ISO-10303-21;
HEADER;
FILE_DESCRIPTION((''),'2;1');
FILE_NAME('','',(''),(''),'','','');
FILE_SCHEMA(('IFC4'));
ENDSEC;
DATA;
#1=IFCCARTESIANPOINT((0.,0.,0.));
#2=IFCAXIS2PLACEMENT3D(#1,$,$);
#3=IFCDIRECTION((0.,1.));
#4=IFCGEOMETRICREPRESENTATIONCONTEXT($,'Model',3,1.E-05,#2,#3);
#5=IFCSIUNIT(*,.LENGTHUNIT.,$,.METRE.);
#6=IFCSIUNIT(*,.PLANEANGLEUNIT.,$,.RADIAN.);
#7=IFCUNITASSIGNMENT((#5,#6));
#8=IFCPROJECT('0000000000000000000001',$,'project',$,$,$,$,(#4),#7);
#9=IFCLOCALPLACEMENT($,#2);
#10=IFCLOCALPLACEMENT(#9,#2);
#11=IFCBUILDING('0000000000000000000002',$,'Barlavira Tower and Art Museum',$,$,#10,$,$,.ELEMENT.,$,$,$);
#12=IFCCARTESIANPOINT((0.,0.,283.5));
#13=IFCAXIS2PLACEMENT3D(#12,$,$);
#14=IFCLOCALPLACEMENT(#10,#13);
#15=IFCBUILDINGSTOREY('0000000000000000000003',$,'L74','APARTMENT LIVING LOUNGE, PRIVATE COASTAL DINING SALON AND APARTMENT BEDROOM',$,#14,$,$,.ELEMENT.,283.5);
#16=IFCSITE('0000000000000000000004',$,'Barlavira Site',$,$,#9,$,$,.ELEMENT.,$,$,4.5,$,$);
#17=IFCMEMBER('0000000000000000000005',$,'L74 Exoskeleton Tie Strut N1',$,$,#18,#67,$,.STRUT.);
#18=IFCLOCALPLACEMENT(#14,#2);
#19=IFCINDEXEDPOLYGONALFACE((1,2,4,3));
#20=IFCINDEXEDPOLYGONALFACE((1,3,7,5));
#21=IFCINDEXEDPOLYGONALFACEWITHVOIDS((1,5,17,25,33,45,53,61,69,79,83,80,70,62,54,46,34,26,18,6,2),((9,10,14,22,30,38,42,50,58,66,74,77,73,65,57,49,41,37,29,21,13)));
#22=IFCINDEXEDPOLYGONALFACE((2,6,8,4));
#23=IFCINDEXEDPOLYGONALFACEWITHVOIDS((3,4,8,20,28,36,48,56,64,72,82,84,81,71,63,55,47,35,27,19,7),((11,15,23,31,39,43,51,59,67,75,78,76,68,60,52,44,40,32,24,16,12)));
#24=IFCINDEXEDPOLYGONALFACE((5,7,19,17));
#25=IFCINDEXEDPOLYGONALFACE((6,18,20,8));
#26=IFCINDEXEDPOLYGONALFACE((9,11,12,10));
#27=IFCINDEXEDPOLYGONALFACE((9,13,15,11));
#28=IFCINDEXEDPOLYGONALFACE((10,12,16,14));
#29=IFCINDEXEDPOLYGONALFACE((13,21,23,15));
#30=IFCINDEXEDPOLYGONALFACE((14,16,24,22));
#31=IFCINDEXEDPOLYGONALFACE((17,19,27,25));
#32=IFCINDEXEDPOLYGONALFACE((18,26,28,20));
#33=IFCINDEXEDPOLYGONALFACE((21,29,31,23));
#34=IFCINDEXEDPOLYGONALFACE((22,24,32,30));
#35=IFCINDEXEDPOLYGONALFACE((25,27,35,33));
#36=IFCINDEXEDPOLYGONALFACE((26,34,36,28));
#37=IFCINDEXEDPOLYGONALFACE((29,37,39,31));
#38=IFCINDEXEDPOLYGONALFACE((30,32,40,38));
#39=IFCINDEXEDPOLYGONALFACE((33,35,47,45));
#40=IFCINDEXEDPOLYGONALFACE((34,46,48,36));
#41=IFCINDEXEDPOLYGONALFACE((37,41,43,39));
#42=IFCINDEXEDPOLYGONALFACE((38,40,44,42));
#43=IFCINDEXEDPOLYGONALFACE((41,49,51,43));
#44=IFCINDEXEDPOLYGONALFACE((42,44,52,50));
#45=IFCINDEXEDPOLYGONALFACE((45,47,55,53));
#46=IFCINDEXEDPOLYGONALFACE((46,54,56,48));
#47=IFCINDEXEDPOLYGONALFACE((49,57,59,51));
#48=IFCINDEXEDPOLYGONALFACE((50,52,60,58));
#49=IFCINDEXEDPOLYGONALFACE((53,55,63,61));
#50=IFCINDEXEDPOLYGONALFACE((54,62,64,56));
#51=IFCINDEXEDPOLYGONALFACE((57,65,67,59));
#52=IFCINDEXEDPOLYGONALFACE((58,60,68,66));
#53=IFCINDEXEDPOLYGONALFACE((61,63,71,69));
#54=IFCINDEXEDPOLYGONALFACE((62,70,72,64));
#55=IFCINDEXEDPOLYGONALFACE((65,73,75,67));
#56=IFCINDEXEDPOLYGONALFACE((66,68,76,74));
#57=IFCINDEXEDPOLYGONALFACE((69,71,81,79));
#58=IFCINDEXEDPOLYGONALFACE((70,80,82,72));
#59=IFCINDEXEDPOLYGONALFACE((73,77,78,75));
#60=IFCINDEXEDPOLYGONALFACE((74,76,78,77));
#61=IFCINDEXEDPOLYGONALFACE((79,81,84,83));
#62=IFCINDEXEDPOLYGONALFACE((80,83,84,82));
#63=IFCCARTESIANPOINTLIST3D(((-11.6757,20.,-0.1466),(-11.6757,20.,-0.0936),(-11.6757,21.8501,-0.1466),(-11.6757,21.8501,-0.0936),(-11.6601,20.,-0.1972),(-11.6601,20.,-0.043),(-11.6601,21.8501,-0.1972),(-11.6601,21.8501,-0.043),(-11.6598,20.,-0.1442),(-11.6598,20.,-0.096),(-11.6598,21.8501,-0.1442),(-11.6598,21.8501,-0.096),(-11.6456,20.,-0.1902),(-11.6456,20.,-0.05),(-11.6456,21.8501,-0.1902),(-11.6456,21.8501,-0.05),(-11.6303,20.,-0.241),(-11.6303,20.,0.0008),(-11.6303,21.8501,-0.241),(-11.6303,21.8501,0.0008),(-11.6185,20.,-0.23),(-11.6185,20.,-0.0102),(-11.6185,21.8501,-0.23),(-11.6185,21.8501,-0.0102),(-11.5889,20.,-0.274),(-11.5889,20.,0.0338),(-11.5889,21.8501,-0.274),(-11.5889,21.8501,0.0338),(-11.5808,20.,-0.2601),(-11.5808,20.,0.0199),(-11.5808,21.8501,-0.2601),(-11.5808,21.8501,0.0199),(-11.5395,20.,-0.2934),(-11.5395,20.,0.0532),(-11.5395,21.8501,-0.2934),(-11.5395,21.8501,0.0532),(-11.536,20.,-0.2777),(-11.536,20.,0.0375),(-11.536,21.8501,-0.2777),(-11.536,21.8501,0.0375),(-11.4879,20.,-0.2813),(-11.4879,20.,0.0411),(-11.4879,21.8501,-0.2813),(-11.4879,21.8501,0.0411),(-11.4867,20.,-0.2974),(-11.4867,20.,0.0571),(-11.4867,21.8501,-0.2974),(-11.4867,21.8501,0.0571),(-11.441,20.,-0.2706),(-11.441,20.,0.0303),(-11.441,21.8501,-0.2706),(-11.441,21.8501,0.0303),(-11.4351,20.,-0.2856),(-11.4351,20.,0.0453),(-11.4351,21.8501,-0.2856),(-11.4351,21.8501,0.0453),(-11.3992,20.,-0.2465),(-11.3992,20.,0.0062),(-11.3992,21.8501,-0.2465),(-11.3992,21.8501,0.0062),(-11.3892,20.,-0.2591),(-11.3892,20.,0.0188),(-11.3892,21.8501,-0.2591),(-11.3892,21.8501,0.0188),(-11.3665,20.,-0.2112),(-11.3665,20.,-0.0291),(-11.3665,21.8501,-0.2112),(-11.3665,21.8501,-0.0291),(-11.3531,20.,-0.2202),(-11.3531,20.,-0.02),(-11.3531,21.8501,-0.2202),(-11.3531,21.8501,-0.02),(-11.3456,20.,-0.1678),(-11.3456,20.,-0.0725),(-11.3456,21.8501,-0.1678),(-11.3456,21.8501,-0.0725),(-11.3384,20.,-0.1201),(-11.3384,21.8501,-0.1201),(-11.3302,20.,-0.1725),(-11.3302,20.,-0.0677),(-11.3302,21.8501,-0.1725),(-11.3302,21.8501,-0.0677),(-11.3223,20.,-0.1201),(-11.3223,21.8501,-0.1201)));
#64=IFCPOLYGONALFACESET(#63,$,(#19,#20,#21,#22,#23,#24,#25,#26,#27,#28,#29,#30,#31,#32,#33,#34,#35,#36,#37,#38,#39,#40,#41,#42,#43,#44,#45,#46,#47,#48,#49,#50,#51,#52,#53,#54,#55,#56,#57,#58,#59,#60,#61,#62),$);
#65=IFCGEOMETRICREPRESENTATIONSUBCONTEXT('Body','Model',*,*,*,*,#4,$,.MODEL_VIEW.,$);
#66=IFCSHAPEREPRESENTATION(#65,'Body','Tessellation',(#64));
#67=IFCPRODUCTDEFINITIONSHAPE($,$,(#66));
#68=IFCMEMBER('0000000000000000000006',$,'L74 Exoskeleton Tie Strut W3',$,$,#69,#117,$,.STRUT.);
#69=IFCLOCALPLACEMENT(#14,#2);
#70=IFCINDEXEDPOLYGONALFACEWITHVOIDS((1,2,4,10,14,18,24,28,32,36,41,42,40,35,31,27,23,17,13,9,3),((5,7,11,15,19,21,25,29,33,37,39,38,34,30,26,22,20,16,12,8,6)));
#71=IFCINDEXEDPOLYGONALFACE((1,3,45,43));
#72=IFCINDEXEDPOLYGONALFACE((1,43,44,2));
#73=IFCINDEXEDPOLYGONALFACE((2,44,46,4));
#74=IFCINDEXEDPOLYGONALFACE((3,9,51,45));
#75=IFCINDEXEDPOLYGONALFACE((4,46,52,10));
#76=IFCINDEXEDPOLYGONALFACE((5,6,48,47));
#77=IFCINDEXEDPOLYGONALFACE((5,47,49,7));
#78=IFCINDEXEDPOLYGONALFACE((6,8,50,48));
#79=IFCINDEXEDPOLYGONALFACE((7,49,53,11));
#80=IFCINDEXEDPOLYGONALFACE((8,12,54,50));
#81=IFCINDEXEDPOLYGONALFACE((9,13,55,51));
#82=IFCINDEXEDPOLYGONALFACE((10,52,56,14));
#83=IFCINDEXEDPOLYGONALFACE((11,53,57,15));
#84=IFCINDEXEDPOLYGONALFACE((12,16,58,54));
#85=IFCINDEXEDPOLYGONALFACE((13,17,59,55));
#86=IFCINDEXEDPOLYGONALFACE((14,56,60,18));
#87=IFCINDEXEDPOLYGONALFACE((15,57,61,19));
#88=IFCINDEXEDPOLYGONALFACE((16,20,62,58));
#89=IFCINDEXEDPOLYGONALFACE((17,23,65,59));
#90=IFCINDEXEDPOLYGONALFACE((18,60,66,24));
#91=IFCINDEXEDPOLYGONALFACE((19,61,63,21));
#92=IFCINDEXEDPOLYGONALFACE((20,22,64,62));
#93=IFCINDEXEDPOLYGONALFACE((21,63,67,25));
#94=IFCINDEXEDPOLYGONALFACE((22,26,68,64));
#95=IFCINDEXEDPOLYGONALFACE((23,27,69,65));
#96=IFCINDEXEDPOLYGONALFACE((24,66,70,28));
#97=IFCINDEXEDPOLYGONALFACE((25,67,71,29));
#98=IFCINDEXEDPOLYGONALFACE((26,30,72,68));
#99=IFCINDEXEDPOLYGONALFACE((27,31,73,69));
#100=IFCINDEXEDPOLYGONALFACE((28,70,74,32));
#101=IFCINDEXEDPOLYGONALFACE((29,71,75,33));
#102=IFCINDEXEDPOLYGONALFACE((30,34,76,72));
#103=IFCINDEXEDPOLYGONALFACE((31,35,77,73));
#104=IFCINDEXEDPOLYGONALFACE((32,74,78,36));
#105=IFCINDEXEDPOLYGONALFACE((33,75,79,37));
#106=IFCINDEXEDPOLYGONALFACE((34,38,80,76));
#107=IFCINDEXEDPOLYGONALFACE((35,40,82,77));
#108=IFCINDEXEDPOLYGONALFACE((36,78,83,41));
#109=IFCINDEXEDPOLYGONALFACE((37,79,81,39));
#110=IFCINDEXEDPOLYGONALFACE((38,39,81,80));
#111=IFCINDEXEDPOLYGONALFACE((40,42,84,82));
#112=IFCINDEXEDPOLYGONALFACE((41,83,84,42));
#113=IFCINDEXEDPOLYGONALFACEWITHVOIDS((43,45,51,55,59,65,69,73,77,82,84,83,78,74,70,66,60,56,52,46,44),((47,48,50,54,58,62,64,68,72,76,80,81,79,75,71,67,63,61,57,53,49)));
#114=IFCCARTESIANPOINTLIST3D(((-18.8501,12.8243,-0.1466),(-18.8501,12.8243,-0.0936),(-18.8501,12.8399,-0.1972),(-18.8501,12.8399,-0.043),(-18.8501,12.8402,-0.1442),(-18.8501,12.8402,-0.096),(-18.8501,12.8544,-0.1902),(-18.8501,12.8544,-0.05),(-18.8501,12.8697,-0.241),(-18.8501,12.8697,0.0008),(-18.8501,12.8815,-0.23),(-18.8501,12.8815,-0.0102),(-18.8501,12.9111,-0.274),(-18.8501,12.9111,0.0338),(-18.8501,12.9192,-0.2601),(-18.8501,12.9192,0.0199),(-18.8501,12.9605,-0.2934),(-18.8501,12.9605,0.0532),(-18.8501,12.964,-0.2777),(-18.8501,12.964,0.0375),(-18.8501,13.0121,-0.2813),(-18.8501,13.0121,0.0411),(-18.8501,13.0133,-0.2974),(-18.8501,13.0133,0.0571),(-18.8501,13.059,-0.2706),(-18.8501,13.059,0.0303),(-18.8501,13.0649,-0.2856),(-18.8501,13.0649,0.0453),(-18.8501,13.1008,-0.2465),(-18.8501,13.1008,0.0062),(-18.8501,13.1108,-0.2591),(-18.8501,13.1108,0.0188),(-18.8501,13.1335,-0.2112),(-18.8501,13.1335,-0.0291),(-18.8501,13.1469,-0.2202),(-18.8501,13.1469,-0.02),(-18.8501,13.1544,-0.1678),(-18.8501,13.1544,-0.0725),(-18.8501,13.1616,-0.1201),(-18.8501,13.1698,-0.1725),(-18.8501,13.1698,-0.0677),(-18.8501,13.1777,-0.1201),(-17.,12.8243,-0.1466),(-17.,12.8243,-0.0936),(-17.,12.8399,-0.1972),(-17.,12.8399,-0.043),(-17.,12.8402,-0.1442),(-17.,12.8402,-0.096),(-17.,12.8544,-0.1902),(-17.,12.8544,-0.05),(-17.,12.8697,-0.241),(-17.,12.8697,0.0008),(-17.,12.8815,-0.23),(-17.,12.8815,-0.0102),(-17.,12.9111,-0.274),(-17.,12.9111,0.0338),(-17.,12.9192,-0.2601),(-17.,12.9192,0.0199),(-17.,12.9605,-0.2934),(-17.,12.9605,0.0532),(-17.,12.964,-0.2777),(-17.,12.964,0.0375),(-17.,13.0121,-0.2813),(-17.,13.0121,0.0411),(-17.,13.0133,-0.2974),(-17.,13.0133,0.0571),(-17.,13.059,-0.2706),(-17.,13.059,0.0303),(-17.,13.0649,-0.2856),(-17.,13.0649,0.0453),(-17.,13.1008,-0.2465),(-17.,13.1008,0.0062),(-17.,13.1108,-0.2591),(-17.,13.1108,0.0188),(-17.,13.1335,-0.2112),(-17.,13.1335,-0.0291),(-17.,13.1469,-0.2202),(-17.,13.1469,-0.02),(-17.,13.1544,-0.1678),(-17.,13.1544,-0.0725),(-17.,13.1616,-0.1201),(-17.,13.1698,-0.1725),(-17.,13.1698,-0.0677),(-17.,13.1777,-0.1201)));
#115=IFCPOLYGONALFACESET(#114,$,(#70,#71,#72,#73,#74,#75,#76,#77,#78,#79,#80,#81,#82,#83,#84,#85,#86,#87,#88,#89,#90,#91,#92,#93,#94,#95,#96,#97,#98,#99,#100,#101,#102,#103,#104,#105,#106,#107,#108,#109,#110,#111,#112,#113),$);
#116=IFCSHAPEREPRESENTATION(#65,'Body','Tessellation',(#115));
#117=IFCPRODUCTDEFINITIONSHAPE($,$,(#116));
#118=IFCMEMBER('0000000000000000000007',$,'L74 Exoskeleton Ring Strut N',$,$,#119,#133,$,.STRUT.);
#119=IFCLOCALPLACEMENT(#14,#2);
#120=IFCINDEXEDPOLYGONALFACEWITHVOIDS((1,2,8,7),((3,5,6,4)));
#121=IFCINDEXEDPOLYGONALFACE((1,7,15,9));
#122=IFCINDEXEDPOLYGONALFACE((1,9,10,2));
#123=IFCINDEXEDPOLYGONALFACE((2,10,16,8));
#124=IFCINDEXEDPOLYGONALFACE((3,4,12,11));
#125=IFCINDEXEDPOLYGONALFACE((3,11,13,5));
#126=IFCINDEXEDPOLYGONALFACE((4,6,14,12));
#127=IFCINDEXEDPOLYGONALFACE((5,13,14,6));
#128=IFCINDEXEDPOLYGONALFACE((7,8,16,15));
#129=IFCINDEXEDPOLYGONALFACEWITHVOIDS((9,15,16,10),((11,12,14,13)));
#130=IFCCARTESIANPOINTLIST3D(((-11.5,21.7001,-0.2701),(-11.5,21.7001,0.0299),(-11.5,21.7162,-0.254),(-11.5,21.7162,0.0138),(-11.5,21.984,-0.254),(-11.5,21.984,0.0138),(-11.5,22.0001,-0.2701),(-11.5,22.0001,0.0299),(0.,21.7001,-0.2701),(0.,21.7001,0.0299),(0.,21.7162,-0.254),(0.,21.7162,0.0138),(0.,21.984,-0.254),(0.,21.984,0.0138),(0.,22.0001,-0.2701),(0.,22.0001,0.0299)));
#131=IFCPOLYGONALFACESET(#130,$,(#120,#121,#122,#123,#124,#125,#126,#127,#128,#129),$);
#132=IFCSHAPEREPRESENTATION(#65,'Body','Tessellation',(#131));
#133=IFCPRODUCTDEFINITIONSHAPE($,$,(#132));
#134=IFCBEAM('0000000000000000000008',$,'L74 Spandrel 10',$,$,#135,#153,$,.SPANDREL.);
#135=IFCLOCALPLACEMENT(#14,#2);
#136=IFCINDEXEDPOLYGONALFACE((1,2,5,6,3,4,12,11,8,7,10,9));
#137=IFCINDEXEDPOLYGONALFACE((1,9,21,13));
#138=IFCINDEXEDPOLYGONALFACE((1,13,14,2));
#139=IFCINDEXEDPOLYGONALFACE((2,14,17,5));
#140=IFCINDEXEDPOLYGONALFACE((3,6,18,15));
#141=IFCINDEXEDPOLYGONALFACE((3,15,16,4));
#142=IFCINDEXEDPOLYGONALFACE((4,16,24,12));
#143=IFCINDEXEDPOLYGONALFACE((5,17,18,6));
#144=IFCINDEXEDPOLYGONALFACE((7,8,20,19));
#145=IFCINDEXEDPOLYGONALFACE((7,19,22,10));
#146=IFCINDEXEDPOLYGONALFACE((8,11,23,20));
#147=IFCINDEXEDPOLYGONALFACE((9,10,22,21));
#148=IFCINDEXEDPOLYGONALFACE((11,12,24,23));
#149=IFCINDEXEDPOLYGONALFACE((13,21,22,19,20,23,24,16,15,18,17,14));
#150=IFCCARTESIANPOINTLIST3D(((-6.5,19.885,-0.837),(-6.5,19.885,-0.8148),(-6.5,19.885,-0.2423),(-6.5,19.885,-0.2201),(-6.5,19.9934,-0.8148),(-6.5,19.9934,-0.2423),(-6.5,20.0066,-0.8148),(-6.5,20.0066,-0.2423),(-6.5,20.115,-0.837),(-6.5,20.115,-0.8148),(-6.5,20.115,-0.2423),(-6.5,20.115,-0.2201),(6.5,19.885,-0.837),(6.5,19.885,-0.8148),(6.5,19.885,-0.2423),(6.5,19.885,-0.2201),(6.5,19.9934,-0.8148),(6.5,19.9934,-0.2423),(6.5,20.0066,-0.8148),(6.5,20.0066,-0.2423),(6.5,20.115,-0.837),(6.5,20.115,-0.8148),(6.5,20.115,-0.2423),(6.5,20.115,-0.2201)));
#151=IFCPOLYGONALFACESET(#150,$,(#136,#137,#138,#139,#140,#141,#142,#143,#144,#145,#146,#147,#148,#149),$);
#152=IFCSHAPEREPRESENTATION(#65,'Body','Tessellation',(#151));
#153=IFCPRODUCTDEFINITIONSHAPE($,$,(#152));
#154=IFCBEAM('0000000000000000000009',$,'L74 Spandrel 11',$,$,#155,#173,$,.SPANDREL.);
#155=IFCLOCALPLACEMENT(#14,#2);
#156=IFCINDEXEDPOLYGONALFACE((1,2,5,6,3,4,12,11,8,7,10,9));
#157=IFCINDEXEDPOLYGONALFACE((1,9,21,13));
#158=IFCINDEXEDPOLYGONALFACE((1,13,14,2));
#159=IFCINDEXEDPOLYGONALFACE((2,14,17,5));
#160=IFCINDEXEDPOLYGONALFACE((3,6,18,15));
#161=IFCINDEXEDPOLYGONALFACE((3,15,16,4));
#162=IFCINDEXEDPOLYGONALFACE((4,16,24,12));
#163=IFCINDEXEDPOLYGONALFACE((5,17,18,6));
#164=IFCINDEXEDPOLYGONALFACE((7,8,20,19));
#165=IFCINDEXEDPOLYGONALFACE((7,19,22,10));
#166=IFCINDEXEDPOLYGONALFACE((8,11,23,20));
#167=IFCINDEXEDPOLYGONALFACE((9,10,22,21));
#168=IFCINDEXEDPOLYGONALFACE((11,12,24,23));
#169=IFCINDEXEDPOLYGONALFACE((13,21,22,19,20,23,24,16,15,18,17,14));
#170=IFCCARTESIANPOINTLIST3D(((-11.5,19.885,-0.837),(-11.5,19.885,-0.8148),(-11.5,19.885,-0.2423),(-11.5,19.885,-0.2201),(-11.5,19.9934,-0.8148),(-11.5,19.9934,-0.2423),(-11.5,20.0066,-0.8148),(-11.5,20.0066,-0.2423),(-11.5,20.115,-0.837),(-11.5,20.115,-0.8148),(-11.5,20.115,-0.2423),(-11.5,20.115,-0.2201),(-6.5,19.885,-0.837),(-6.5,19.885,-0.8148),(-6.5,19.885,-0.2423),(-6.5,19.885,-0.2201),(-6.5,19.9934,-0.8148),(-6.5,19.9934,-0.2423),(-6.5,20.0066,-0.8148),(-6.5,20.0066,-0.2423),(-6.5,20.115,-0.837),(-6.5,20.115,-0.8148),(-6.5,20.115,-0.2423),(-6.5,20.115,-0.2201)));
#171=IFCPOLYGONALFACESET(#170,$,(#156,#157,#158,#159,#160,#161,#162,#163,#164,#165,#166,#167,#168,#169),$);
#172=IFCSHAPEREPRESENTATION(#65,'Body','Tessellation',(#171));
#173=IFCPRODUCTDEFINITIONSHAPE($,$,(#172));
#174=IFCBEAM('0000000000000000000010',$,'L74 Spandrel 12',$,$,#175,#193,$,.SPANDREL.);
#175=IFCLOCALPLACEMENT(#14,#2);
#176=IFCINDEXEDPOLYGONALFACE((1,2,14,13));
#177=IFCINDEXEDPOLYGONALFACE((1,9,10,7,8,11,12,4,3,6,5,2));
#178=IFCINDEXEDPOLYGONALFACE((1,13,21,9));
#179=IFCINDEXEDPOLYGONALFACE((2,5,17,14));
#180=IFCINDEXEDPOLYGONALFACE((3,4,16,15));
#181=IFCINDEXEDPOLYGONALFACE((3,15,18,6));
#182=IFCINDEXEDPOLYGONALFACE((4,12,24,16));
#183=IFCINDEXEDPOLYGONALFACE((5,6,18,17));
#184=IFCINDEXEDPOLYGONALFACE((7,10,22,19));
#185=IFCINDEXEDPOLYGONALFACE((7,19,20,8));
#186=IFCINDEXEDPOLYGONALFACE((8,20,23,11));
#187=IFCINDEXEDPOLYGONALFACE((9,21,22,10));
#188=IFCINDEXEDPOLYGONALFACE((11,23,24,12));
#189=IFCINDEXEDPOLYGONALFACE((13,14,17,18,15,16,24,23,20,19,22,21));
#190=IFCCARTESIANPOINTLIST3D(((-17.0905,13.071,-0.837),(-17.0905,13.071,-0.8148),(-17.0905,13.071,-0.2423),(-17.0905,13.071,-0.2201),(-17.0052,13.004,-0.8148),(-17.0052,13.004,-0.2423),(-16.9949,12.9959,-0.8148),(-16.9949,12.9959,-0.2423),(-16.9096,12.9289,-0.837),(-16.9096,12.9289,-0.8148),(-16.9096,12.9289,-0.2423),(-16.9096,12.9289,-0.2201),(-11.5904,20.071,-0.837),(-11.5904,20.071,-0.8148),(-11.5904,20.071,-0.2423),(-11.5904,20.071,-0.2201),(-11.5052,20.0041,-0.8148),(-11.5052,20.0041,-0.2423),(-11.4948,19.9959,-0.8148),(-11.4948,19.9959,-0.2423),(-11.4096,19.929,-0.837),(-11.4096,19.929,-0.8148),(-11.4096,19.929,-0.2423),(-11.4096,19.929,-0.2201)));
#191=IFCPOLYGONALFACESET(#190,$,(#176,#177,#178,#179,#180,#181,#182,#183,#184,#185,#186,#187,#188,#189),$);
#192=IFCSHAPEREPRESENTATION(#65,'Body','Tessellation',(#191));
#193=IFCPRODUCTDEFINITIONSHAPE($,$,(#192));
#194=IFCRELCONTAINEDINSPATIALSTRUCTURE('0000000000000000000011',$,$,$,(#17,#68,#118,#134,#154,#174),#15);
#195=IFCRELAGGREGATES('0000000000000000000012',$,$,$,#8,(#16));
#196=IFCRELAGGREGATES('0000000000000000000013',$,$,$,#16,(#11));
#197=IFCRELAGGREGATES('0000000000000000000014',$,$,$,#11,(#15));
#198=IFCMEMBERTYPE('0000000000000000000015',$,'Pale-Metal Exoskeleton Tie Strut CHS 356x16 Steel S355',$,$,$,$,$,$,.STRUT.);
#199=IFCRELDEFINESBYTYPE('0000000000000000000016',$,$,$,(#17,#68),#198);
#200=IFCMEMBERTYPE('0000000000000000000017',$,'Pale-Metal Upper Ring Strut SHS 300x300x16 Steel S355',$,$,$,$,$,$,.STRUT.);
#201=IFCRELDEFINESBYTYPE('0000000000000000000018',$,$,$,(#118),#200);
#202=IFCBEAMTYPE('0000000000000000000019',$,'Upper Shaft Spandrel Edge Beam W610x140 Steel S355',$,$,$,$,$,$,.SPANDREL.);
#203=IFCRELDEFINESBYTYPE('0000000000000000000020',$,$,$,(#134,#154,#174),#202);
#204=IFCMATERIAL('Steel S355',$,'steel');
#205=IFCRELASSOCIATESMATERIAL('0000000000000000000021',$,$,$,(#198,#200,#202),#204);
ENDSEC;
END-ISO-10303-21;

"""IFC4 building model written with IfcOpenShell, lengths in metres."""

from ifc_helpers import new_model, si_unit, direction, frame, origin, origin_2d, place, context, subcontext, project, spatial, hollow_rectangle, hollow_circle, i_section, extrude, material, material_profile, profile_set, type_object, element, save


model = new_model("IFC4")

# Units and contexts
model_context = context("Model", 3, precision=1e-05, world=origin(), true_north=direction((0.0, 1.0)))
body_context = subcontext(model_context, "Body", "Model", "MODEL_VIEW")
ifc_project = project(units=[si_unit("LENGTHUNIT", "METRE"), si_unit("PLANEANGLEUNIT", "RADIAN")], contexts=[model_context])

# Site, building, storey
site_placement = place(None, origin())
site = spatial("IfcSite", under=ifc_project, at=site_placement, Name="Barlavira Site", CompositionType="ELEMENT", RefElevation=4.5)
building_placement = place(site_placement, origin())
building = spatial("IfcBuilding", under=site, at=building_placement, Name="Barlavira Tower and Art Museum", CompositionType="ELEMENT")
storey_placement = place(building_placement, frame((0.0, 0.0, 283.5)))
storey = spatial("IfcBuildingStorey", under=building, at=storey_placement, Name="L74", Description="APARTMENT LIVING LOUNGE, PRIVATE COASTAL DINING SALON AND APARTMENT BEDROOM", CompositionType="ELEMENT", Elevation=283.5)

# Members
ifc_material_1 = material(Name="Steel S355", Category="steel")
ifc_material_profile_1 = material_profile(ifc_material_1, hollow_circle(Radius=0.1777, WallThickness=0.0161, at=origin_2d()), Name="CHS 355.6x16.0")
ifc_profile_set_1 = profile_set([ifc_material_profile_1], Name="Steel S355")
member_type_1 = type_object("IfcMemberType", Name="Pale-Metal Exoskeleton Tie Strut CHS 356x16 Steel S355", PredefinedType="STRUT", material=ifc_profile_set_1)
for number, where, z_axis, x_axis, name in (
    (1, (-11.5, 21.8501, -0.1201), (0.0, -1.0, 0.0), (1.0, 0.0, 0.0), "L74 Exoskeleton Tie Strut N1"),
    (2, (-18.8501, 13.0, -0.1201), (1.0, 0.0, 0.0), (0.0, 1.0, 0.0), "L74 Exoskeleton Tie Strut W3"),
):
    element("IfcMember", number, at=place(storey_placement, frame(where, z_axis=z_axis, x_axis=x_axis)), inside=storey, type_object=member_type_1, Name=name, PredefinedType="STRUT", context=body_context, shape_type="SweptSolid", body=[
        extrude(hollow_circle(Radius=0.1777, WallThickness=0.0161, at=origin_2d()), origin(), (0.0, 0.0, 1.0), 1.8501),
    ])
ifc_material_profile_2 = material_profile(ifc_material_1, hollow_rectangle(XDim=0.3, YDim=0.3, WallThickness=0.0161, at=origin_2d()), Name="SHS 300x300x16.0")
ifc_profile_set_2 = profile_set([ifc_material_profile_2], Name="Steel S355")
member_type_2 = type_object("IfcMemberType", Name="Pale-Metal Upper Ring Strut SHS 300x300x16 Steel S355", PredefinedType="STRUT", material=ifc_profile_set_2)
member_1_placement = place(storey_placement, frame((-11.5, 21.8501, -0.1201), z_axis=(1.0, 0.0, 0.0), x_axis=(0.0, 1.0, 0.0)))
element("IfcMember", 3, at=member_1_placement, inside=storey, type_object=member_type_2, Name="L74 Exoskeleton Ring Strut N", PredefinedType="STRUT", context=body_context, shape_type="SweptSolid", body=[
    extrude(hollow_rectangle(XDim=0.3, YDim=0.3, WallThickness=0.0161, at=origin_2d()), origin(), (0.0, 0.0, 1.0), 11.5),
])

# Beams
ifc_material_profile_3 = material_profile(ifc_material_1, i_section(OverallWidth=0.23, OverallDepth=0.6169, WebThickness=0.0132, FlangeThickness=0.0222, at=origin_2d()), Name="W610x140.0")
ifc_profile_set_3 = profile_set([ifc_material_profile_3], Name="Steel S355")
beam_type_1 = type_object("IfcBeamType", Name="Upper Shaft Spandrel Edge Beam W610x140 Steel S355", PredefinedType="SPANDREL", material=ifc_profile_set_3)
beam_1_placement = place(storey_placement, frame((-6.5, 20.0, -0.5286), z_axis=(1.0, 0.0, 0.0), x_axis=(0.0, 1.0, 0.0)))
element("IfcBeam", 4, at=beam_1_placement, inside=storey, type_object=beam_type_1, Name="L74 Spandrel 10", PredefinedType="SPANDREL", context=body_context, shape_type="SweptSolid", body=[
    extrude(i_section(OverallWidth=0.23, OverallDepth=0.6169, WebThickness=0.0132, FlangeThickness=0.0222, at=origin_2d()), origin(), (0.0, 0.0, 1.0), 13.0),
])
beam_2_placement = place(storey_placement, frame((-11.5, 20.0, -0.5286), z_axis=(1.0, 0.0, 0.0), x_axis=(0.0, 1.0, 0.0)))
element("IfcBeam", 5, at=beam_2_placement, inside=storey, type_object=beam_type_1, Name="L74 Spandrel 11", PredefinedType="SPANDREL", context=body_context, shape_type="SweptSolid", body=[
    extrude(i_section(OverallWidth=0.23, OverallDepth=0.6169, WebThickness=0.0132, FlangeThickness=0.0222, at=origin_2d()), origin(), (0.0, 0.0, 1.0), 5.0),
])
beam_3_placement = place(storey_placement, frame((-11.5, 20.0, -0.5286), z_axis=(-0.617822, -0.786318, 0.0), x_axis=(0.786318, -0.617822, 0.0)))
element("IfcBeam", 6, at=beam_3_placement, inside=storey, type_object=beam_type_1, Name="L74 Spandrel 12", PredefinedType="SPANDREL", context=body_context, shape_type="SweptSolid", body=[
    extrude(i_section(OverallWidth=0.23, OverallDepth=0.6169, WebThickness=0.0132, FlangeThickness=0.0222, at=origin_2d()), origin(), (0.0, 0.0, 1.0), 8.9023),
])

save(model, "model.ifc")
